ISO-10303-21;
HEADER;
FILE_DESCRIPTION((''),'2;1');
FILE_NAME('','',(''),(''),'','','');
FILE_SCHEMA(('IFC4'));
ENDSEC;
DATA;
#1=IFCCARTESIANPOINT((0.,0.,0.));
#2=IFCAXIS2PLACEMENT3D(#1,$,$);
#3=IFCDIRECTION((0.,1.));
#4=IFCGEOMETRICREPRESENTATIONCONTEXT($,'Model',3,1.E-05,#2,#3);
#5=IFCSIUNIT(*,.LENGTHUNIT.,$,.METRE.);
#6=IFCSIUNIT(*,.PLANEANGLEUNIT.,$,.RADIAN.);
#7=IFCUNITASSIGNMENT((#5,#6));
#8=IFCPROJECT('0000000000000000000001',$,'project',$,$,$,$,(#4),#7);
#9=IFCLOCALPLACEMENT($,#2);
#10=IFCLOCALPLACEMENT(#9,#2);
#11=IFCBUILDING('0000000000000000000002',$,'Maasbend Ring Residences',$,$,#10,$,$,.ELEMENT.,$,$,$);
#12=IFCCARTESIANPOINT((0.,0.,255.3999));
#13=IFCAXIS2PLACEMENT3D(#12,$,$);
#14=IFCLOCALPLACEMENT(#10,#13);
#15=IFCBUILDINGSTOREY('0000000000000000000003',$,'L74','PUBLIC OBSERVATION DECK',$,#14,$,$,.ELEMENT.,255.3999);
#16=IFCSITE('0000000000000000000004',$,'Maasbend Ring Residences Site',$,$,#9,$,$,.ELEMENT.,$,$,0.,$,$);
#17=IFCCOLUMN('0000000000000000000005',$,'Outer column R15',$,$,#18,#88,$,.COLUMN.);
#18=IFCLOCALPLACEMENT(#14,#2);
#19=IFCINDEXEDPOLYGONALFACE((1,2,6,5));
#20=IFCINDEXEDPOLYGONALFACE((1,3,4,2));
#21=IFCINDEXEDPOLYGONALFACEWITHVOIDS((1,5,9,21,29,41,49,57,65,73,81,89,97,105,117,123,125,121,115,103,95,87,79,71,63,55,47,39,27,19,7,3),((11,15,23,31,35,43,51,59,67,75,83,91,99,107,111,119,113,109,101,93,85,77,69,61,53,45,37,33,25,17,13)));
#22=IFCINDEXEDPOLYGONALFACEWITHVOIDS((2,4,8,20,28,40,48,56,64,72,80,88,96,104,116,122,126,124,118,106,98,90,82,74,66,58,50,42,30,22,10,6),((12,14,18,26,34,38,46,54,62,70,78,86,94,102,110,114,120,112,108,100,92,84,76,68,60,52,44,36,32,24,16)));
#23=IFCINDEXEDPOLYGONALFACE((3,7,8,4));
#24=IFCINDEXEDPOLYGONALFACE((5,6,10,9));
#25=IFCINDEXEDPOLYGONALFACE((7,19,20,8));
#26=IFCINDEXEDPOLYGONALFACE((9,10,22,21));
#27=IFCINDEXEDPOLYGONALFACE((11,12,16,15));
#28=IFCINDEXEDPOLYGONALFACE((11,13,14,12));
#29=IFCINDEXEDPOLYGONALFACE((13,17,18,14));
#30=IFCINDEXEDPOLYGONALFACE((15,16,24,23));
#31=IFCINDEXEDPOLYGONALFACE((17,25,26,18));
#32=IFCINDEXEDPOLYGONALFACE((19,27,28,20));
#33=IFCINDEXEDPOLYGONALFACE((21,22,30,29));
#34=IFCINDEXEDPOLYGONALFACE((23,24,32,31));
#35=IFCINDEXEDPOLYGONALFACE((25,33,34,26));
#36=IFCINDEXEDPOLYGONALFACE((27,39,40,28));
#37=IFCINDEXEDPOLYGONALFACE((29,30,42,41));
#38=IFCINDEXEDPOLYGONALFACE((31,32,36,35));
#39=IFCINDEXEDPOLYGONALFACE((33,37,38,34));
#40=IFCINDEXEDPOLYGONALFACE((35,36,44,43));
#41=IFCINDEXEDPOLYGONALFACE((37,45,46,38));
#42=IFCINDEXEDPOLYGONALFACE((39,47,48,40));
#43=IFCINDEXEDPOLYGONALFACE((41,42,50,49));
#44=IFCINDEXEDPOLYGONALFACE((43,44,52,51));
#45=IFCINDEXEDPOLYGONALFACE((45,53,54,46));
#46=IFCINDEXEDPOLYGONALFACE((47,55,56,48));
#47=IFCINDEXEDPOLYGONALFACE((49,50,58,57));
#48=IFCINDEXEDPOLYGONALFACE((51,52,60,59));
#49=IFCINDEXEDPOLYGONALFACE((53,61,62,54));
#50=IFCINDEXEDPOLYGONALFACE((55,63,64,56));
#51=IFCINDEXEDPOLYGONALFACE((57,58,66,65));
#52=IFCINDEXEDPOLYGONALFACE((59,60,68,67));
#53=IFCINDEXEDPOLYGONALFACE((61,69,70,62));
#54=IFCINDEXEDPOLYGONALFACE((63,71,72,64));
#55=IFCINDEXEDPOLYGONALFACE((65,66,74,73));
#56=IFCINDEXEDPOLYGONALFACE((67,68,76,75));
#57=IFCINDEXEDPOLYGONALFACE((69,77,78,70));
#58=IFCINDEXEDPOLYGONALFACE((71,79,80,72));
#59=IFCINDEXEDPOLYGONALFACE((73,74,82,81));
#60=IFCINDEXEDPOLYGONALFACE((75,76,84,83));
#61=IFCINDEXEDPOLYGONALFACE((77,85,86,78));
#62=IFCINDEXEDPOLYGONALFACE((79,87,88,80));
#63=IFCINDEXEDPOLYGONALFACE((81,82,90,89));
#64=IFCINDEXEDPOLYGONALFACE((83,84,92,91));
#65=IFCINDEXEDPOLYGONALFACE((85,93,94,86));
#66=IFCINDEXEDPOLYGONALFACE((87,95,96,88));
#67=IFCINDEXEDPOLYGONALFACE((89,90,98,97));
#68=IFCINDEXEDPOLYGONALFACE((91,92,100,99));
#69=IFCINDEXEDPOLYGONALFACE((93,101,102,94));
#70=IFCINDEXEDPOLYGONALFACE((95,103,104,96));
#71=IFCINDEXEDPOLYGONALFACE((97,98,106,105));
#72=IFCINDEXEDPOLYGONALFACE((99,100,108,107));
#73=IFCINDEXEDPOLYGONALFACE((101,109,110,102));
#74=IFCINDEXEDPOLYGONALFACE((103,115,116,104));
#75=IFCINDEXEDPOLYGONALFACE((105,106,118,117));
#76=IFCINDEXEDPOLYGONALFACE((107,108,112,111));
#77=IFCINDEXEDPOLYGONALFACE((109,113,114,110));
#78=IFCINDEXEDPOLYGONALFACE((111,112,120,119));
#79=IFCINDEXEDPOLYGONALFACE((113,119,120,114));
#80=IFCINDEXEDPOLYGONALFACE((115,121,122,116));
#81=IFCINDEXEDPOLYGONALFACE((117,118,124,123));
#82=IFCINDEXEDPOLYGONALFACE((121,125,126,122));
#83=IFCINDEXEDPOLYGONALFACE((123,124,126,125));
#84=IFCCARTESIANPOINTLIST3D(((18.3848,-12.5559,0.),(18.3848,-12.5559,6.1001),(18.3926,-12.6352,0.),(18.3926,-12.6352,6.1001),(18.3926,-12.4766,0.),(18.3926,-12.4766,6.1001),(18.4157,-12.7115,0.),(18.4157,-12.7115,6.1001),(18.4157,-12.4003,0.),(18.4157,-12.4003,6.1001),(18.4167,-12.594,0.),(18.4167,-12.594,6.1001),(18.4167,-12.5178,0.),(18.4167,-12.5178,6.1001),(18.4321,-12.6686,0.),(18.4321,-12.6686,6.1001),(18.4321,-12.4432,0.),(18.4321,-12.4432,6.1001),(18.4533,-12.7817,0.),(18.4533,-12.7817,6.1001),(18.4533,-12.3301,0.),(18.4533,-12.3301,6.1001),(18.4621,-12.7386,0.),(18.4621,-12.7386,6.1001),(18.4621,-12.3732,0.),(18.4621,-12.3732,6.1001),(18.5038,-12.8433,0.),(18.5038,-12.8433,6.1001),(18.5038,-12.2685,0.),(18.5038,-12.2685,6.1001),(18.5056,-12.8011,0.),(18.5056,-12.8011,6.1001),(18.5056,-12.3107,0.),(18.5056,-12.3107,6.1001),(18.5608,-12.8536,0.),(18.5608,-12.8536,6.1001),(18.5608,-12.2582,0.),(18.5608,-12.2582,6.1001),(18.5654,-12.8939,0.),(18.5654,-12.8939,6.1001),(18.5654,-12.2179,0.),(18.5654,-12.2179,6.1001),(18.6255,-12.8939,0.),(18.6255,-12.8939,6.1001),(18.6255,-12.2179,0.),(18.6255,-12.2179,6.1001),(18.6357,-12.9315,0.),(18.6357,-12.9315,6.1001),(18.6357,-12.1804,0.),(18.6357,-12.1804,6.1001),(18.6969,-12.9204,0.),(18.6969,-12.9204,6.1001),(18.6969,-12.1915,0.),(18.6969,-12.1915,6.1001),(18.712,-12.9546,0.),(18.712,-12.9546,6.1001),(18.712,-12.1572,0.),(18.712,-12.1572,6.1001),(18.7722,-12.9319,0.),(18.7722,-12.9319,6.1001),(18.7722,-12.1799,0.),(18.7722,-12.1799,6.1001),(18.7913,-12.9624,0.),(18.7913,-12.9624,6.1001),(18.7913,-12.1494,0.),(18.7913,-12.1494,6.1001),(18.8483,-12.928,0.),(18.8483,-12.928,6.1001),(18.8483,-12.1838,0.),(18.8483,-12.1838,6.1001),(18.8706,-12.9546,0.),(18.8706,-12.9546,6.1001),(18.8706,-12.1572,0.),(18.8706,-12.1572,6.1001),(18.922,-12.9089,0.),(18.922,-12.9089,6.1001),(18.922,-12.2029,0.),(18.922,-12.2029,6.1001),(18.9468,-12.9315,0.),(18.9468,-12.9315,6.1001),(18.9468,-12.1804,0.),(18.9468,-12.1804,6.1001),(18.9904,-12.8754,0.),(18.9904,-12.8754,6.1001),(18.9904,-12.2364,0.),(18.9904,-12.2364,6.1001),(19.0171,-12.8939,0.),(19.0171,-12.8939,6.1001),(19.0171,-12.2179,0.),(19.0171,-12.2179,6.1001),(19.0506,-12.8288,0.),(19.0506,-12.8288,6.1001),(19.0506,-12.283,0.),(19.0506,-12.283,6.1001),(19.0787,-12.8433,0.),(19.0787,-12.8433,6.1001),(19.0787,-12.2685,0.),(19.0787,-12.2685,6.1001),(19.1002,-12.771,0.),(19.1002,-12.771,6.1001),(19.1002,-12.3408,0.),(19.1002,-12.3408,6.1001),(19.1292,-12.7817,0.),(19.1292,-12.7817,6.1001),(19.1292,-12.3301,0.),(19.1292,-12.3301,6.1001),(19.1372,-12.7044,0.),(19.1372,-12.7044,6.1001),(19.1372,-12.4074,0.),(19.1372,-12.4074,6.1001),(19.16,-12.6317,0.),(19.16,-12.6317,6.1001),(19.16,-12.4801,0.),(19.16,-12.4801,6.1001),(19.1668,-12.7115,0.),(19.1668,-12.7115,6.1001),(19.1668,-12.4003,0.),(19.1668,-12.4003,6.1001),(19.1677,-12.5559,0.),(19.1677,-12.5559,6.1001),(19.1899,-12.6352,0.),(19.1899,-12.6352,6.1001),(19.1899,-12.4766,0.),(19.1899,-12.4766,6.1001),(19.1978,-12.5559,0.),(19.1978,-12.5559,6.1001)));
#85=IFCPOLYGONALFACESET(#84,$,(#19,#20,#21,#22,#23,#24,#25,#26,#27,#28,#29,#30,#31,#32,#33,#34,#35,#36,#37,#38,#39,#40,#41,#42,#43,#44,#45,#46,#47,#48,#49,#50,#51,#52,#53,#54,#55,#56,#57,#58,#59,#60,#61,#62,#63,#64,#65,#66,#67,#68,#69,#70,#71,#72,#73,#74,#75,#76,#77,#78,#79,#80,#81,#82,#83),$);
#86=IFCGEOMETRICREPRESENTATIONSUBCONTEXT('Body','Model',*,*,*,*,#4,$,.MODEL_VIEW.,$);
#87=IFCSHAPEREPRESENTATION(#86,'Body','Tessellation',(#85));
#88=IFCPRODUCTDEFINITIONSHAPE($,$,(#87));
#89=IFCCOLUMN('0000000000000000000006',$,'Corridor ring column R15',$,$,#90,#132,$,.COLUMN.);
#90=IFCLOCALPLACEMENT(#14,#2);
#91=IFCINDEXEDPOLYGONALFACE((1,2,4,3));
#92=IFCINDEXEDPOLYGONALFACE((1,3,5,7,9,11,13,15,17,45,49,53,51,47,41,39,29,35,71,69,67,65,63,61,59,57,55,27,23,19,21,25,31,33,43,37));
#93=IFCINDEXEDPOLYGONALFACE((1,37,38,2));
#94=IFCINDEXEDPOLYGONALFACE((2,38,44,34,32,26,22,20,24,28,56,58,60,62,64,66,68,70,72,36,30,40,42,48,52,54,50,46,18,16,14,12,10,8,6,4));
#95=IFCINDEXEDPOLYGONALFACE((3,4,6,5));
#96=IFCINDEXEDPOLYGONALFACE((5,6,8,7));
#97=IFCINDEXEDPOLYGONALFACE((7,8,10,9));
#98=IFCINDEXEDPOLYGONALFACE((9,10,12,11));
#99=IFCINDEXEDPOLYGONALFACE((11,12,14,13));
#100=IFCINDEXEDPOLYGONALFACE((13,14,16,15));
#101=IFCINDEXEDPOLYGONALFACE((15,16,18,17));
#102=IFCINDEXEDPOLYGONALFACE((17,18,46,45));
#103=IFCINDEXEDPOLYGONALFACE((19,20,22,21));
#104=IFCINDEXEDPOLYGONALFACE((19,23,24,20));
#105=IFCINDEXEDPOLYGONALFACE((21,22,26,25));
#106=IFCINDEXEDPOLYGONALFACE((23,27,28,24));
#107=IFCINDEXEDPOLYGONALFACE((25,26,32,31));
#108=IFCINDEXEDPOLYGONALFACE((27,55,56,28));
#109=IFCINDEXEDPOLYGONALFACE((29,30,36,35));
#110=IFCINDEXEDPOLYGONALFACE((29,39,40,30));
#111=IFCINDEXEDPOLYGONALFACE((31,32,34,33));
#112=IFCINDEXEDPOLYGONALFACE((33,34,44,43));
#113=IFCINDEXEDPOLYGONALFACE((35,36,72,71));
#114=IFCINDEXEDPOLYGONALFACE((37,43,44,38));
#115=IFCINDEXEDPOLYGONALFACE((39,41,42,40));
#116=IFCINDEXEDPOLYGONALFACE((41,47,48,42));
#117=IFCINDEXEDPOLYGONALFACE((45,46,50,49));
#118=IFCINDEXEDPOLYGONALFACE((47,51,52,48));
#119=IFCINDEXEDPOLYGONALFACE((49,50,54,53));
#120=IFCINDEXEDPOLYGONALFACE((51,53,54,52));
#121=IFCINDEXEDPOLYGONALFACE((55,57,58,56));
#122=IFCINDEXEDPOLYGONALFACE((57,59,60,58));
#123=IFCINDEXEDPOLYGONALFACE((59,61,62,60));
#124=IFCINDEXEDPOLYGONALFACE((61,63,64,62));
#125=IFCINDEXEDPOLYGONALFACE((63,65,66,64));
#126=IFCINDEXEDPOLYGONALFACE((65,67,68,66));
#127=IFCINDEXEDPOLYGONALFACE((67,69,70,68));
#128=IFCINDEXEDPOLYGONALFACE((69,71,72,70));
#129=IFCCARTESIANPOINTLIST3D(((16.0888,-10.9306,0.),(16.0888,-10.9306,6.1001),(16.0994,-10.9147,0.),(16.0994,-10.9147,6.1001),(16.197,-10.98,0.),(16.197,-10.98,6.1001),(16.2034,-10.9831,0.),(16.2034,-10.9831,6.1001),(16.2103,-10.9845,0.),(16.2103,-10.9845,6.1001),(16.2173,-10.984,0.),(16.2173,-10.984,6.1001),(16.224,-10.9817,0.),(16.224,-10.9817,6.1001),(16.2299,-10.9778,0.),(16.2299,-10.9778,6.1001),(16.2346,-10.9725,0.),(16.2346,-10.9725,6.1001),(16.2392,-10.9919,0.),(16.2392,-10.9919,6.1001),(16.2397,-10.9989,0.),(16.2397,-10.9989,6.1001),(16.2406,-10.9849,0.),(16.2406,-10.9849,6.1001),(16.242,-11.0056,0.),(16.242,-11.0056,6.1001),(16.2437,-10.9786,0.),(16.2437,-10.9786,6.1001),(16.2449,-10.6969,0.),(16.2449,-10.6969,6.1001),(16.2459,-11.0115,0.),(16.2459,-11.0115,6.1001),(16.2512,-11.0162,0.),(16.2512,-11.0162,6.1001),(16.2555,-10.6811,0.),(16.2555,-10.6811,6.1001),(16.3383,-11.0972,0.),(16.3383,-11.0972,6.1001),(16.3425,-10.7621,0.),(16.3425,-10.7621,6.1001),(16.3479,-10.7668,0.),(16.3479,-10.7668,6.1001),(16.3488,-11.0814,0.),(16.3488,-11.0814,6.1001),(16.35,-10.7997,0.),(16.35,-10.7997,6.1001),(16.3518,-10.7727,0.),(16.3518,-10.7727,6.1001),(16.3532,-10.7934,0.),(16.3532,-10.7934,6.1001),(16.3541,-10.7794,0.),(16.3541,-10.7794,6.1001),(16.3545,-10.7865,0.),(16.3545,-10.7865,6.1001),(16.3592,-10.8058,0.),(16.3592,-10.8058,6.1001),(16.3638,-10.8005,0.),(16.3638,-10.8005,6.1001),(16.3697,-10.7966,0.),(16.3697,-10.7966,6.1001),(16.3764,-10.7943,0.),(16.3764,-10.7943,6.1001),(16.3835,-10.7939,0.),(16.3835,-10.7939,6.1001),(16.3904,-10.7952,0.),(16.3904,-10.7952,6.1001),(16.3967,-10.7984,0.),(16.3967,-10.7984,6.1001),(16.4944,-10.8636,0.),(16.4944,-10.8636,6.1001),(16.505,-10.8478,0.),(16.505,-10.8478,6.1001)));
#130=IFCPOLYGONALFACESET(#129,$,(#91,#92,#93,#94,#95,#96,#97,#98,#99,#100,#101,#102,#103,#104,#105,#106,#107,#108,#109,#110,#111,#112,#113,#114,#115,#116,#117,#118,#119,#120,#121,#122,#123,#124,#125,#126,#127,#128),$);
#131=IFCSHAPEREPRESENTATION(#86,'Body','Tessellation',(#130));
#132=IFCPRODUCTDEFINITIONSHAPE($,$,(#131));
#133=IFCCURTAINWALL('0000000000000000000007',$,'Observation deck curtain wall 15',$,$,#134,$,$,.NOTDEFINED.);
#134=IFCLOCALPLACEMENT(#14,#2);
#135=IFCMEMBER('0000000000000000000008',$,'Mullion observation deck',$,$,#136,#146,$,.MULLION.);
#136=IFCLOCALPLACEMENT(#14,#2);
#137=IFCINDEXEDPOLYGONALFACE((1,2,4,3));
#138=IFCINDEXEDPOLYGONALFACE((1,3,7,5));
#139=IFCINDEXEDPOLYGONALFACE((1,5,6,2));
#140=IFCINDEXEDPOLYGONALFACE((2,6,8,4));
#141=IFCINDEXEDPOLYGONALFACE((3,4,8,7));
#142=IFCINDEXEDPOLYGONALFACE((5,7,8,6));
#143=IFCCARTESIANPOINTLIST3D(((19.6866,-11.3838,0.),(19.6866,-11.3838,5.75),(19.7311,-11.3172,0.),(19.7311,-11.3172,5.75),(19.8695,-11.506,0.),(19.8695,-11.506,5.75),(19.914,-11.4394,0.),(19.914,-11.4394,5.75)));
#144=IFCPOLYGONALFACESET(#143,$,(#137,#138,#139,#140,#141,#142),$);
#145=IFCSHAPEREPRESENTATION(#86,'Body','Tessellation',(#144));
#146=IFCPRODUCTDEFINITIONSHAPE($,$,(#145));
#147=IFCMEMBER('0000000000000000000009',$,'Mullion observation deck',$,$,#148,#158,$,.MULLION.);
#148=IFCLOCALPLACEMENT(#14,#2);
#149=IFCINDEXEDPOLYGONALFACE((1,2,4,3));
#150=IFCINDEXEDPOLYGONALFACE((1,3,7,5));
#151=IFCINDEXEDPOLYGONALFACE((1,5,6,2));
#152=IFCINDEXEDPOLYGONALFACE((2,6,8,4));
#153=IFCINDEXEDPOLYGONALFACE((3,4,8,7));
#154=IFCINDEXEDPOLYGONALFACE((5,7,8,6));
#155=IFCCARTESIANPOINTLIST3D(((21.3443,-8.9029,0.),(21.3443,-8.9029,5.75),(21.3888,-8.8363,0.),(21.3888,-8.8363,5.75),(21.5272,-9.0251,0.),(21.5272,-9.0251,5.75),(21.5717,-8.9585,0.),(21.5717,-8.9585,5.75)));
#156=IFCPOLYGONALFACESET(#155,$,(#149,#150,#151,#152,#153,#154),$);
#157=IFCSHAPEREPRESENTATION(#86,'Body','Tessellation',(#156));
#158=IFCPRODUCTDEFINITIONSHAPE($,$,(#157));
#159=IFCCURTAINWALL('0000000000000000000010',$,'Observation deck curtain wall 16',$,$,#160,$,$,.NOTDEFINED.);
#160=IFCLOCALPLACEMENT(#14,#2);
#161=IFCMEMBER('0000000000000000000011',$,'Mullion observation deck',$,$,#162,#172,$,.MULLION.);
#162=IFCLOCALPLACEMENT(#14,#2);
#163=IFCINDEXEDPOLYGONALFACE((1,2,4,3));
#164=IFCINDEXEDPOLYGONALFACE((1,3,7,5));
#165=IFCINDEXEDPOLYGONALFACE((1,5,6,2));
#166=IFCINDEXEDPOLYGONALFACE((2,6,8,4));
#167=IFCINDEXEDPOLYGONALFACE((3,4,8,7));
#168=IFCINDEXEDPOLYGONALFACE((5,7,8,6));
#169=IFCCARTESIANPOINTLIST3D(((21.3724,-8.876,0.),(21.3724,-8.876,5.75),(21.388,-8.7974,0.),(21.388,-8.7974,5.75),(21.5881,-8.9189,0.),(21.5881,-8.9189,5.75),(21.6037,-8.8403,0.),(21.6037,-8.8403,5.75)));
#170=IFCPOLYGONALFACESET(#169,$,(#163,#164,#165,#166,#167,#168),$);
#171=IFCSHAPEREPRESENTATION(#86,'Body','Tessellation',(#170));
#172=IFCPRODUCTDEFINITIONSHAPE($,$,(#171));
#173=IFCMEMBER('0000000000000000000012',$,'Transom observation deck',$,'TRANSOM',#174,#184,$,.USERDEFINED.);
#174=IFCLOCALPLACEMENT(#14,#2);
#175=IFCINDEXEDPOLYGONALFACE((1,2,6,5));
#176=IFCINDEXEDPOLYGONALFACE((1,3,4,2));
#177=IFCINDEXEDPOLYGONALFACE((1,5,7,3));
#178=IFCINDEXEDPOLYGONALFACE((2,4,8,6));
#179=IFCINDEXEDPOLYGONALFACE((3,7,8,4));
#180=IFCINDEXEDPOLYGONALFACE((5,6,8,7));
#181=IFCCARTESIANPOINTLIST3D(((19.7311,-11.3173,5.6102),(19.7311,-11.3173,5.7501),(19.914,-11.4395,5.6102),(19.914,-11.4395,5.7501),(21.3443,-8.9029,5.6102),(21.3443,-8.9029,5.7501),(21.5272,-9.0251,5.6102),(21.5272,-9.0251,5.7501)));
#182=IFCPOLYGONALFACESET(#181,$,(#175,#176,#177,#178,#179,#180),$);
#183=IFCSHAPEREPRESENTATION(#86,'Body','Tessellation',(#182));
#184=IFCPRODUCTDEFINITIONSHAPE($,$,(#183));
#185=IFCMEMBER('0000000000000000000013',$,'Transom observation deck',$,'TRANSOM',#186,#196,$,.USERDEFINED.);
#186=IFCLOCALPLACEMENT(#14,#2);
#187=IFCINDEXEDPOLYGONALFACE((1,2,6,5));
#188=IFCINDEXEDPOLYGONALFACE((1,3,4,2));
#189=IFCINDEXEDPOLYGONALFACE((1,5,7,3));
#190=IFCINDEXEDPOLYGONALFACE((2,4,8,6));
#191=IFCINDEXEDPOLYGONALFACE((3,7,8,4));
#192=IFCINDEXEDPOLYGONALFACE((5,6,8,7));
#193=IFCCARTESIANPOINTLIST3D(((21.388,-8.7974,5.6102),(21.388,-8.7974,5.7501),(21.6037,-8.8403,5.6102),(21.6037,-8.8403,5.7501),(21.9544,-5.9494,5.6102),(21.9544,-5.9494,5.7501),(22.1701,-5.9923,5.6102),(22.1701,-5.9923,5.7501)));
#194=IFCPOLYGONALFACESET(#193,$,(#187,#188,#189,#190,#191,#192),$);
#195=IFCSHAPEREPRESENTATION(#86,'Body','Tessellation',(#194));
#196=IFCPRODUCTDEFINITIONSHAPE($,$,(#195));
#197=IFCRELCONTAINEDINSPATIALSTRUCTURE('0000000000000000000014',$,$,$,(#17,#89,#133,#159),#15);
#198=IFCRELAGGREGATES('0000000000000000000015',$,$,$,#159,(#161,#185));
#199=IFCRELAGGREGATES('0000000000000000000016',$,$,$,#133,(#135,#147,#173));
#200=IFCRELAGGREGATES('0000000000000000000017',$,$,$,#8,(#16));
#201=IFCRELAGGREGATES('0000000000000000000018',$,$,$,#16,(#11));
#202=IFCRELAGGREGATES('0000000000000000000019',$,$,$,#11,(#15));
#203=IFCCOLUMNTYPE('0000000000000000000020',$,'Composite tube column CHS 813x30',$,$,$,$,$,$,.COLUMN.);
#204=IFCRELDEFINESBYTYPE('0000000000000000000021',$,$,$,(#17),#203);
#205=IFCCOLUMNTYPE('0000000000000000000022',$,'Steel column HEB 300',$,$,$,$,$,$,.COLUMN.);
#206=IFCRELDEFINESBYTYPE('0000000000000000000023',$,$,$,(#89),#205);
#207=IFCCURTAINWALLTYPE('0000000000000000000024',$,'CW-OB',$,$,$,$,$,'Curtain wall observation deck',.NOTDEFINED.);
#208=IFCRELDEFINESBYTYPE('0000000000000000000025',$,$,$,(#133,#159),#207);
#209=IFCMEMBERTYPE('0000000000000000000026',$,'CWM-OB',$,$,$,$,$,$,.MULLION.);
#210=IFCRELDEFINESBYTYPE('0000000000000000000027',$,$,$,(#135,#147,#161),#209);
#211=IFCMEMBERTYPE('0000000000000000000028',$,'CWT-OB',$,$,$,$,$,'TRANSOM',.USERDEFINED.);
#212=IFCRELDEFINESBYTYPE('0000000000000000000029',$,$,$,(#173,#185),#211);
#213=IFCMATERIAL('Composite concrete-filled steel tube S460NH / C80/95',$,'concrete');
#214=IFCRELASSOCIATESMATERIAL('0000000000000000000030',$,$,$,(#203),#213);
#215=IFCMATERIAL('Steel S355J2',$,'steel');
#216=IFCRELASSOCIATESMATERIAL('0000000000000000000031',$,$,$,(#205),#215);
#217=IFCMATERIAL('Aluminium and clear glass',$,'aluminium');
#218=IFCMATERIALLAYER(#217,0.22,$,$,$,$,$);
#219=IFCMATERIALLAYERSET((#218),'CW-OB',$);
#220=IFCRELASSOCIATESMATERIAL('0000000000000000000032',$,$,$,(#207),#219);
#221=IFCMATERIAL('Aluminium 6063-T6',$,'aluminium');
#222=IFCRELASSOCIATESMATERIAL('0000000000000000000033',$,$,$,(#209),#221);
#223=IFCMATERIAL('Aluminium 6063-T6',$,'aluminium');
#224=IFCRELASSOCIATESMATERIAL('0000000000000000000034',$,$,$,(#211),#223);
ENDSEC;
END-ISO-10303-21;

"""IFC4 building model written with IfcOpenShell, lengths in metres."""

from ifc_helpers import new_model, si_unit, direction, frame, origin, origin_2d, place, context, subcontext, project, spatial, rectangle, hollow_circle, i_section, extrude, material, layer, layer_set, material_profile, profile_set, type_object, element, aggregate, save


model = new_model("IFC4")

# Units and contexts
model_context = context("Model", 3, precision=1e-05, world=origin(), true_north=direction((0.0, 1.0)))
body_context = subcontext(model_context, "Body", "Model", "MODEL_VIEW")
ifc_project = project(units=[si_unit("LENGTHUNIT", "METRE"), si_unit("PLANEANGLEUNIT", "RADIAN")], contexts=[model_context])

# Site, building, storey
site_placement = place(None, origin())
site = spatial("IfcSite", under=ifc_project, at=site_placement, Name="Maasbend Ring Residences Site", CompositionType="ELEMENT", RefElevation=0.0)
building_placement = place(site_placement, origin())
building = spatial("IfcBuilding", under=site, at=building_placement, Name="Maasbend Ring Residences", CompositionType="ELEMENT")
storey_placement = place(building_placement, frame((0.0, 0.0, 255.3999)))
storey = spatial("IfcBuildingStorey", under=building, at=storey_placement, Name="L74", Description="PUBLIC OBSERVATION DECK", CompositionType="ELEMENT", Elevation=255.3999)

# Columns
ifc_material_1 = material(Name="Composite concrete-filled steel tube S460NH / C80/95", Category="concrete")
ifc_material_profile_1 = material_profile(ifc_material_1, hollow_circle(Radius=0.4065, WallThickness=0.03, at=origin_2d()), Name="Composite tube column CHS 813x30")
ifc_profile_set_1 = profile_set([ifc_material_profile_1], Name="Composite concrete-filled steel tube S460NH / C80/95")
column_type_1 = type_object("IfcColumnType", Name="Composite tube column CHS 813x30", PredefinedType="COLUMN", material=ifc_profile_set_1)
column_1_placement = place(storey_placement, frame((18.7913, -12.5559, 0.0), z_axis=(0.0, 0.0, 1.0), x_axis=(1.0, 0.0, 0.0)))
element("IfcColumn", 1, at=column_1_placement, inside=storey, type_object=column_type_1, Name="Outer column R15", PredefinedType="COLUMN", context=body_context, shape_type="SweptSolid", body=[
    extrude(hollow_circle(Radius=0.4065, WallThickness=0.03, at=origin_2d()), origin(), (0.0, 0.0, 1.0), 6.1001),
])
ifc_material_2 = material(Name="Steel S355J2", Category="steel")
ifc_material_profile_2 = material_profile(ifc_material_2, i_section(OverallWidth=0.3, OverallDepth=0.3, WebThickness=0.011, FlangeThickness=0.019, FilletRadius=0.0271, at=origin_2d()), Name="HEB 300")
ifc_profile_set_2 = profile_set([ifc_material_profile_2], Name="Steel S355J2")
column_type_2 = type_object("IfcColumnType", Name="Steel column HEB 300", PredefinedType="COLUMN", material=ifc_profile_set_2)
column_2_placement = place(storey_placement, frame((16.2969, -10.8892, 0.0), z_axis=(0.0, 0.0, 1.0), x_axis=(0.83147, -0.55557, 0.0)))
element("IfcColumn", 2, at=column_2_placement, inside=storey, type_object=column_type_2, Name="Corridor ring column R15", PredefinedType="COLUMN", context=body_context, shape_type="SweptSolid", body=[
    extrude(i_section(OverallWidth=0.3, OverallDepth=0.3, WebThickness=0.011, FlangeThickness=0.019, FilletRadius=0.0271, at=origin_2d()), origin(), (0.0, 0.0, 1.0), 6.1001),
])

# Curtain wall, members
ifc_material_3 = material(Name="Aluminium and clear glass", Category="aluminium")
ifc_layer_1 = layer(ifc_material_3, 0.22)
ifc_layer_set_1 = layer_set([ifc_layer_1], Name="CW-OB")
curtain_wall_type = type_object("IfcCurtainWallType", Name="CW-OB", ElementType="Curtain wall observation deck", PredefinedType="NOTDEFINED", material=ifc_layer_set_1)
curtain_wall_1_placement = place(storey_placement, origin())
curtain_wall_1 = element("IfcCurtainWall", 3, at=curtain_wall_1_placement, inside=storey, type_object=curtain_wall_type, Name="Observation deck curtain wall 15", PredefinedType="NOTDEFINED")
ifc_material_4 = material(Name="Aluminium 6063-T6", Category="aluminium")
ifc_material_profile_3 = material_profile(ifc_material_4, rectangle(XDim=0.22, YDim=0.0801, at=origin_2d()), Name="AL 220x80")
ifc_profile_set_3 = profile_set([ifc_material_profile_3], Name="Aluminium 6063-T6")
member_type_1 = type_object("IfcMemberType", Name="CWM-OB", PredefinedType="MULLION", material=ifc_profile_set_3)
member_1_placement = place(storey_placement, frame((19.8003, -11.4116, 0.0), z_axis=(0.0, 0.0, 1.0), x_axis=(-0.83147, 0.55557, 0.0)))
member_1 = element("IfcMember", 4, at=member_1_placement, type_object=member_type_1, Name="Mullion observation deck", PredefinedType="MULLION", context=body_context, shape_type="SweptSolid", body=[
    extrude(rectangle(XDim=0.22, YDim=0.0801, at=origin_2d()), origin(), (0.0, 0.0, 1.0), 5.75),
])
member_2_placement = place(storey_placement, frame((21.458, -8.9307, 0.0), z_axis=(0.0, 0.0, 1.0), x_axis=(-0.83147, 0.55557, 0.0)))
member_2 = element("IfcMember", 5, at=member_2_placement, type_object=member_type_1, Name="Mullion observation deck", PredefinedType="MULLION", context=body_context, shape_type="SweptSolid", body=[
    extrude(rectangle(XDim=0.22, YDim=0.0801, at=origin_2d()), origin(), (0.0, 0.0, 1.0), 5.75),
])

# Curtain wall, member
curtain_wall_2_placement = place(storey_placement, origin())
curtain_wall_2 = element("IfcCurtainWall", 6, at=curtain_wall_2_placement, inside=storey, type_object=curtain_wall_type, Name="Observation deck curtain wall 16", PredefinedType="NOTDEFINED")
member_3_placement = place(storey_placement, frame((21.488, -8.8582, 0.0), z_axis=(0.0, 0.0, 1.0), x_axis=(-0.980785, 0.19509, 0.0)))
member_3 = element("IfcMember", 7, at=member_3_placement, type_object=member_type_1, Name="Mullion observation deck", PredefinedType="MULLION", context=body_context, shape_type="SweptSolid", body=[
    extrude(rectangle(XDim=0.22, YDim=0.0801, at=origin_2d()), origin(), (0.0, 0.0, 1.0), 5.75),
])

# Members
ifc_material_5 = material(Name="Aluminium 6063-T6", Category="aluminium")
ifc_material_profile_4 = material_profile(ifc_material_5, rectangle(XDim=0.22, YDim=0.1399, at=origin_2d()), Name="AL 220x140")
ifc_profile_set_4 = profile_set([ifc_material_profile_4], Name="Aluminium 6063-T6")
member_type_2 = type_object("IfcMemberType", Name="CWT-OB", ElementType="TRANSOM", PredefinedType="USERDEFINED", material=ifc_profile_set_4)
member_4_placement = place(storey_placement, frame((19.8225, -11.3784, 5.6802), z_axis=(0.555554, 0.831481, 0.0), x_axis=(-0.831481, 0.555554, 0.0)))
member_4 = element("IfcMember", 8, at=member_4_placement, type_object=member_type_2, Name="Transom observation deck", ObjectType="TRANSOM", PredefinedType="USERDEFINED", context=body_context, shape_type="SweptSolid", body=[
    extrude(rectangle(XDim=0.22, YDim=0.1399, at=origin_2d()), origin(), (0.0, 0.0, 1.0), 2.9038),
])
member_5_placement = place(storey_placement, frame((21.4958, -8.8188, 5.6802), z_axis=(0.195049, 0.980794, 0.0), x_axis=(-0.980794, 0.195049, 0.0)))
member_5 = element("IfcMember", 9, at=member_5_placement, type_object=member_type_2, Name="Transom observation deck", ObjectType="TRANSOM", PredefinedType="USERDEFINED", context=body_context, shape_type="SweptSolid", body=[
    extrude(rectangle(XDim=0.22, YDim=0.1399, at=origin_2d()), origin(), (0.0, 0.0, 1.0), 2.9038),
])
aggregate(curtain_wall_2, [member_3, member_5])

aggregate(curtain_wall_1, [member_1, member_2, member_4])

save(model, "model.ifc")
